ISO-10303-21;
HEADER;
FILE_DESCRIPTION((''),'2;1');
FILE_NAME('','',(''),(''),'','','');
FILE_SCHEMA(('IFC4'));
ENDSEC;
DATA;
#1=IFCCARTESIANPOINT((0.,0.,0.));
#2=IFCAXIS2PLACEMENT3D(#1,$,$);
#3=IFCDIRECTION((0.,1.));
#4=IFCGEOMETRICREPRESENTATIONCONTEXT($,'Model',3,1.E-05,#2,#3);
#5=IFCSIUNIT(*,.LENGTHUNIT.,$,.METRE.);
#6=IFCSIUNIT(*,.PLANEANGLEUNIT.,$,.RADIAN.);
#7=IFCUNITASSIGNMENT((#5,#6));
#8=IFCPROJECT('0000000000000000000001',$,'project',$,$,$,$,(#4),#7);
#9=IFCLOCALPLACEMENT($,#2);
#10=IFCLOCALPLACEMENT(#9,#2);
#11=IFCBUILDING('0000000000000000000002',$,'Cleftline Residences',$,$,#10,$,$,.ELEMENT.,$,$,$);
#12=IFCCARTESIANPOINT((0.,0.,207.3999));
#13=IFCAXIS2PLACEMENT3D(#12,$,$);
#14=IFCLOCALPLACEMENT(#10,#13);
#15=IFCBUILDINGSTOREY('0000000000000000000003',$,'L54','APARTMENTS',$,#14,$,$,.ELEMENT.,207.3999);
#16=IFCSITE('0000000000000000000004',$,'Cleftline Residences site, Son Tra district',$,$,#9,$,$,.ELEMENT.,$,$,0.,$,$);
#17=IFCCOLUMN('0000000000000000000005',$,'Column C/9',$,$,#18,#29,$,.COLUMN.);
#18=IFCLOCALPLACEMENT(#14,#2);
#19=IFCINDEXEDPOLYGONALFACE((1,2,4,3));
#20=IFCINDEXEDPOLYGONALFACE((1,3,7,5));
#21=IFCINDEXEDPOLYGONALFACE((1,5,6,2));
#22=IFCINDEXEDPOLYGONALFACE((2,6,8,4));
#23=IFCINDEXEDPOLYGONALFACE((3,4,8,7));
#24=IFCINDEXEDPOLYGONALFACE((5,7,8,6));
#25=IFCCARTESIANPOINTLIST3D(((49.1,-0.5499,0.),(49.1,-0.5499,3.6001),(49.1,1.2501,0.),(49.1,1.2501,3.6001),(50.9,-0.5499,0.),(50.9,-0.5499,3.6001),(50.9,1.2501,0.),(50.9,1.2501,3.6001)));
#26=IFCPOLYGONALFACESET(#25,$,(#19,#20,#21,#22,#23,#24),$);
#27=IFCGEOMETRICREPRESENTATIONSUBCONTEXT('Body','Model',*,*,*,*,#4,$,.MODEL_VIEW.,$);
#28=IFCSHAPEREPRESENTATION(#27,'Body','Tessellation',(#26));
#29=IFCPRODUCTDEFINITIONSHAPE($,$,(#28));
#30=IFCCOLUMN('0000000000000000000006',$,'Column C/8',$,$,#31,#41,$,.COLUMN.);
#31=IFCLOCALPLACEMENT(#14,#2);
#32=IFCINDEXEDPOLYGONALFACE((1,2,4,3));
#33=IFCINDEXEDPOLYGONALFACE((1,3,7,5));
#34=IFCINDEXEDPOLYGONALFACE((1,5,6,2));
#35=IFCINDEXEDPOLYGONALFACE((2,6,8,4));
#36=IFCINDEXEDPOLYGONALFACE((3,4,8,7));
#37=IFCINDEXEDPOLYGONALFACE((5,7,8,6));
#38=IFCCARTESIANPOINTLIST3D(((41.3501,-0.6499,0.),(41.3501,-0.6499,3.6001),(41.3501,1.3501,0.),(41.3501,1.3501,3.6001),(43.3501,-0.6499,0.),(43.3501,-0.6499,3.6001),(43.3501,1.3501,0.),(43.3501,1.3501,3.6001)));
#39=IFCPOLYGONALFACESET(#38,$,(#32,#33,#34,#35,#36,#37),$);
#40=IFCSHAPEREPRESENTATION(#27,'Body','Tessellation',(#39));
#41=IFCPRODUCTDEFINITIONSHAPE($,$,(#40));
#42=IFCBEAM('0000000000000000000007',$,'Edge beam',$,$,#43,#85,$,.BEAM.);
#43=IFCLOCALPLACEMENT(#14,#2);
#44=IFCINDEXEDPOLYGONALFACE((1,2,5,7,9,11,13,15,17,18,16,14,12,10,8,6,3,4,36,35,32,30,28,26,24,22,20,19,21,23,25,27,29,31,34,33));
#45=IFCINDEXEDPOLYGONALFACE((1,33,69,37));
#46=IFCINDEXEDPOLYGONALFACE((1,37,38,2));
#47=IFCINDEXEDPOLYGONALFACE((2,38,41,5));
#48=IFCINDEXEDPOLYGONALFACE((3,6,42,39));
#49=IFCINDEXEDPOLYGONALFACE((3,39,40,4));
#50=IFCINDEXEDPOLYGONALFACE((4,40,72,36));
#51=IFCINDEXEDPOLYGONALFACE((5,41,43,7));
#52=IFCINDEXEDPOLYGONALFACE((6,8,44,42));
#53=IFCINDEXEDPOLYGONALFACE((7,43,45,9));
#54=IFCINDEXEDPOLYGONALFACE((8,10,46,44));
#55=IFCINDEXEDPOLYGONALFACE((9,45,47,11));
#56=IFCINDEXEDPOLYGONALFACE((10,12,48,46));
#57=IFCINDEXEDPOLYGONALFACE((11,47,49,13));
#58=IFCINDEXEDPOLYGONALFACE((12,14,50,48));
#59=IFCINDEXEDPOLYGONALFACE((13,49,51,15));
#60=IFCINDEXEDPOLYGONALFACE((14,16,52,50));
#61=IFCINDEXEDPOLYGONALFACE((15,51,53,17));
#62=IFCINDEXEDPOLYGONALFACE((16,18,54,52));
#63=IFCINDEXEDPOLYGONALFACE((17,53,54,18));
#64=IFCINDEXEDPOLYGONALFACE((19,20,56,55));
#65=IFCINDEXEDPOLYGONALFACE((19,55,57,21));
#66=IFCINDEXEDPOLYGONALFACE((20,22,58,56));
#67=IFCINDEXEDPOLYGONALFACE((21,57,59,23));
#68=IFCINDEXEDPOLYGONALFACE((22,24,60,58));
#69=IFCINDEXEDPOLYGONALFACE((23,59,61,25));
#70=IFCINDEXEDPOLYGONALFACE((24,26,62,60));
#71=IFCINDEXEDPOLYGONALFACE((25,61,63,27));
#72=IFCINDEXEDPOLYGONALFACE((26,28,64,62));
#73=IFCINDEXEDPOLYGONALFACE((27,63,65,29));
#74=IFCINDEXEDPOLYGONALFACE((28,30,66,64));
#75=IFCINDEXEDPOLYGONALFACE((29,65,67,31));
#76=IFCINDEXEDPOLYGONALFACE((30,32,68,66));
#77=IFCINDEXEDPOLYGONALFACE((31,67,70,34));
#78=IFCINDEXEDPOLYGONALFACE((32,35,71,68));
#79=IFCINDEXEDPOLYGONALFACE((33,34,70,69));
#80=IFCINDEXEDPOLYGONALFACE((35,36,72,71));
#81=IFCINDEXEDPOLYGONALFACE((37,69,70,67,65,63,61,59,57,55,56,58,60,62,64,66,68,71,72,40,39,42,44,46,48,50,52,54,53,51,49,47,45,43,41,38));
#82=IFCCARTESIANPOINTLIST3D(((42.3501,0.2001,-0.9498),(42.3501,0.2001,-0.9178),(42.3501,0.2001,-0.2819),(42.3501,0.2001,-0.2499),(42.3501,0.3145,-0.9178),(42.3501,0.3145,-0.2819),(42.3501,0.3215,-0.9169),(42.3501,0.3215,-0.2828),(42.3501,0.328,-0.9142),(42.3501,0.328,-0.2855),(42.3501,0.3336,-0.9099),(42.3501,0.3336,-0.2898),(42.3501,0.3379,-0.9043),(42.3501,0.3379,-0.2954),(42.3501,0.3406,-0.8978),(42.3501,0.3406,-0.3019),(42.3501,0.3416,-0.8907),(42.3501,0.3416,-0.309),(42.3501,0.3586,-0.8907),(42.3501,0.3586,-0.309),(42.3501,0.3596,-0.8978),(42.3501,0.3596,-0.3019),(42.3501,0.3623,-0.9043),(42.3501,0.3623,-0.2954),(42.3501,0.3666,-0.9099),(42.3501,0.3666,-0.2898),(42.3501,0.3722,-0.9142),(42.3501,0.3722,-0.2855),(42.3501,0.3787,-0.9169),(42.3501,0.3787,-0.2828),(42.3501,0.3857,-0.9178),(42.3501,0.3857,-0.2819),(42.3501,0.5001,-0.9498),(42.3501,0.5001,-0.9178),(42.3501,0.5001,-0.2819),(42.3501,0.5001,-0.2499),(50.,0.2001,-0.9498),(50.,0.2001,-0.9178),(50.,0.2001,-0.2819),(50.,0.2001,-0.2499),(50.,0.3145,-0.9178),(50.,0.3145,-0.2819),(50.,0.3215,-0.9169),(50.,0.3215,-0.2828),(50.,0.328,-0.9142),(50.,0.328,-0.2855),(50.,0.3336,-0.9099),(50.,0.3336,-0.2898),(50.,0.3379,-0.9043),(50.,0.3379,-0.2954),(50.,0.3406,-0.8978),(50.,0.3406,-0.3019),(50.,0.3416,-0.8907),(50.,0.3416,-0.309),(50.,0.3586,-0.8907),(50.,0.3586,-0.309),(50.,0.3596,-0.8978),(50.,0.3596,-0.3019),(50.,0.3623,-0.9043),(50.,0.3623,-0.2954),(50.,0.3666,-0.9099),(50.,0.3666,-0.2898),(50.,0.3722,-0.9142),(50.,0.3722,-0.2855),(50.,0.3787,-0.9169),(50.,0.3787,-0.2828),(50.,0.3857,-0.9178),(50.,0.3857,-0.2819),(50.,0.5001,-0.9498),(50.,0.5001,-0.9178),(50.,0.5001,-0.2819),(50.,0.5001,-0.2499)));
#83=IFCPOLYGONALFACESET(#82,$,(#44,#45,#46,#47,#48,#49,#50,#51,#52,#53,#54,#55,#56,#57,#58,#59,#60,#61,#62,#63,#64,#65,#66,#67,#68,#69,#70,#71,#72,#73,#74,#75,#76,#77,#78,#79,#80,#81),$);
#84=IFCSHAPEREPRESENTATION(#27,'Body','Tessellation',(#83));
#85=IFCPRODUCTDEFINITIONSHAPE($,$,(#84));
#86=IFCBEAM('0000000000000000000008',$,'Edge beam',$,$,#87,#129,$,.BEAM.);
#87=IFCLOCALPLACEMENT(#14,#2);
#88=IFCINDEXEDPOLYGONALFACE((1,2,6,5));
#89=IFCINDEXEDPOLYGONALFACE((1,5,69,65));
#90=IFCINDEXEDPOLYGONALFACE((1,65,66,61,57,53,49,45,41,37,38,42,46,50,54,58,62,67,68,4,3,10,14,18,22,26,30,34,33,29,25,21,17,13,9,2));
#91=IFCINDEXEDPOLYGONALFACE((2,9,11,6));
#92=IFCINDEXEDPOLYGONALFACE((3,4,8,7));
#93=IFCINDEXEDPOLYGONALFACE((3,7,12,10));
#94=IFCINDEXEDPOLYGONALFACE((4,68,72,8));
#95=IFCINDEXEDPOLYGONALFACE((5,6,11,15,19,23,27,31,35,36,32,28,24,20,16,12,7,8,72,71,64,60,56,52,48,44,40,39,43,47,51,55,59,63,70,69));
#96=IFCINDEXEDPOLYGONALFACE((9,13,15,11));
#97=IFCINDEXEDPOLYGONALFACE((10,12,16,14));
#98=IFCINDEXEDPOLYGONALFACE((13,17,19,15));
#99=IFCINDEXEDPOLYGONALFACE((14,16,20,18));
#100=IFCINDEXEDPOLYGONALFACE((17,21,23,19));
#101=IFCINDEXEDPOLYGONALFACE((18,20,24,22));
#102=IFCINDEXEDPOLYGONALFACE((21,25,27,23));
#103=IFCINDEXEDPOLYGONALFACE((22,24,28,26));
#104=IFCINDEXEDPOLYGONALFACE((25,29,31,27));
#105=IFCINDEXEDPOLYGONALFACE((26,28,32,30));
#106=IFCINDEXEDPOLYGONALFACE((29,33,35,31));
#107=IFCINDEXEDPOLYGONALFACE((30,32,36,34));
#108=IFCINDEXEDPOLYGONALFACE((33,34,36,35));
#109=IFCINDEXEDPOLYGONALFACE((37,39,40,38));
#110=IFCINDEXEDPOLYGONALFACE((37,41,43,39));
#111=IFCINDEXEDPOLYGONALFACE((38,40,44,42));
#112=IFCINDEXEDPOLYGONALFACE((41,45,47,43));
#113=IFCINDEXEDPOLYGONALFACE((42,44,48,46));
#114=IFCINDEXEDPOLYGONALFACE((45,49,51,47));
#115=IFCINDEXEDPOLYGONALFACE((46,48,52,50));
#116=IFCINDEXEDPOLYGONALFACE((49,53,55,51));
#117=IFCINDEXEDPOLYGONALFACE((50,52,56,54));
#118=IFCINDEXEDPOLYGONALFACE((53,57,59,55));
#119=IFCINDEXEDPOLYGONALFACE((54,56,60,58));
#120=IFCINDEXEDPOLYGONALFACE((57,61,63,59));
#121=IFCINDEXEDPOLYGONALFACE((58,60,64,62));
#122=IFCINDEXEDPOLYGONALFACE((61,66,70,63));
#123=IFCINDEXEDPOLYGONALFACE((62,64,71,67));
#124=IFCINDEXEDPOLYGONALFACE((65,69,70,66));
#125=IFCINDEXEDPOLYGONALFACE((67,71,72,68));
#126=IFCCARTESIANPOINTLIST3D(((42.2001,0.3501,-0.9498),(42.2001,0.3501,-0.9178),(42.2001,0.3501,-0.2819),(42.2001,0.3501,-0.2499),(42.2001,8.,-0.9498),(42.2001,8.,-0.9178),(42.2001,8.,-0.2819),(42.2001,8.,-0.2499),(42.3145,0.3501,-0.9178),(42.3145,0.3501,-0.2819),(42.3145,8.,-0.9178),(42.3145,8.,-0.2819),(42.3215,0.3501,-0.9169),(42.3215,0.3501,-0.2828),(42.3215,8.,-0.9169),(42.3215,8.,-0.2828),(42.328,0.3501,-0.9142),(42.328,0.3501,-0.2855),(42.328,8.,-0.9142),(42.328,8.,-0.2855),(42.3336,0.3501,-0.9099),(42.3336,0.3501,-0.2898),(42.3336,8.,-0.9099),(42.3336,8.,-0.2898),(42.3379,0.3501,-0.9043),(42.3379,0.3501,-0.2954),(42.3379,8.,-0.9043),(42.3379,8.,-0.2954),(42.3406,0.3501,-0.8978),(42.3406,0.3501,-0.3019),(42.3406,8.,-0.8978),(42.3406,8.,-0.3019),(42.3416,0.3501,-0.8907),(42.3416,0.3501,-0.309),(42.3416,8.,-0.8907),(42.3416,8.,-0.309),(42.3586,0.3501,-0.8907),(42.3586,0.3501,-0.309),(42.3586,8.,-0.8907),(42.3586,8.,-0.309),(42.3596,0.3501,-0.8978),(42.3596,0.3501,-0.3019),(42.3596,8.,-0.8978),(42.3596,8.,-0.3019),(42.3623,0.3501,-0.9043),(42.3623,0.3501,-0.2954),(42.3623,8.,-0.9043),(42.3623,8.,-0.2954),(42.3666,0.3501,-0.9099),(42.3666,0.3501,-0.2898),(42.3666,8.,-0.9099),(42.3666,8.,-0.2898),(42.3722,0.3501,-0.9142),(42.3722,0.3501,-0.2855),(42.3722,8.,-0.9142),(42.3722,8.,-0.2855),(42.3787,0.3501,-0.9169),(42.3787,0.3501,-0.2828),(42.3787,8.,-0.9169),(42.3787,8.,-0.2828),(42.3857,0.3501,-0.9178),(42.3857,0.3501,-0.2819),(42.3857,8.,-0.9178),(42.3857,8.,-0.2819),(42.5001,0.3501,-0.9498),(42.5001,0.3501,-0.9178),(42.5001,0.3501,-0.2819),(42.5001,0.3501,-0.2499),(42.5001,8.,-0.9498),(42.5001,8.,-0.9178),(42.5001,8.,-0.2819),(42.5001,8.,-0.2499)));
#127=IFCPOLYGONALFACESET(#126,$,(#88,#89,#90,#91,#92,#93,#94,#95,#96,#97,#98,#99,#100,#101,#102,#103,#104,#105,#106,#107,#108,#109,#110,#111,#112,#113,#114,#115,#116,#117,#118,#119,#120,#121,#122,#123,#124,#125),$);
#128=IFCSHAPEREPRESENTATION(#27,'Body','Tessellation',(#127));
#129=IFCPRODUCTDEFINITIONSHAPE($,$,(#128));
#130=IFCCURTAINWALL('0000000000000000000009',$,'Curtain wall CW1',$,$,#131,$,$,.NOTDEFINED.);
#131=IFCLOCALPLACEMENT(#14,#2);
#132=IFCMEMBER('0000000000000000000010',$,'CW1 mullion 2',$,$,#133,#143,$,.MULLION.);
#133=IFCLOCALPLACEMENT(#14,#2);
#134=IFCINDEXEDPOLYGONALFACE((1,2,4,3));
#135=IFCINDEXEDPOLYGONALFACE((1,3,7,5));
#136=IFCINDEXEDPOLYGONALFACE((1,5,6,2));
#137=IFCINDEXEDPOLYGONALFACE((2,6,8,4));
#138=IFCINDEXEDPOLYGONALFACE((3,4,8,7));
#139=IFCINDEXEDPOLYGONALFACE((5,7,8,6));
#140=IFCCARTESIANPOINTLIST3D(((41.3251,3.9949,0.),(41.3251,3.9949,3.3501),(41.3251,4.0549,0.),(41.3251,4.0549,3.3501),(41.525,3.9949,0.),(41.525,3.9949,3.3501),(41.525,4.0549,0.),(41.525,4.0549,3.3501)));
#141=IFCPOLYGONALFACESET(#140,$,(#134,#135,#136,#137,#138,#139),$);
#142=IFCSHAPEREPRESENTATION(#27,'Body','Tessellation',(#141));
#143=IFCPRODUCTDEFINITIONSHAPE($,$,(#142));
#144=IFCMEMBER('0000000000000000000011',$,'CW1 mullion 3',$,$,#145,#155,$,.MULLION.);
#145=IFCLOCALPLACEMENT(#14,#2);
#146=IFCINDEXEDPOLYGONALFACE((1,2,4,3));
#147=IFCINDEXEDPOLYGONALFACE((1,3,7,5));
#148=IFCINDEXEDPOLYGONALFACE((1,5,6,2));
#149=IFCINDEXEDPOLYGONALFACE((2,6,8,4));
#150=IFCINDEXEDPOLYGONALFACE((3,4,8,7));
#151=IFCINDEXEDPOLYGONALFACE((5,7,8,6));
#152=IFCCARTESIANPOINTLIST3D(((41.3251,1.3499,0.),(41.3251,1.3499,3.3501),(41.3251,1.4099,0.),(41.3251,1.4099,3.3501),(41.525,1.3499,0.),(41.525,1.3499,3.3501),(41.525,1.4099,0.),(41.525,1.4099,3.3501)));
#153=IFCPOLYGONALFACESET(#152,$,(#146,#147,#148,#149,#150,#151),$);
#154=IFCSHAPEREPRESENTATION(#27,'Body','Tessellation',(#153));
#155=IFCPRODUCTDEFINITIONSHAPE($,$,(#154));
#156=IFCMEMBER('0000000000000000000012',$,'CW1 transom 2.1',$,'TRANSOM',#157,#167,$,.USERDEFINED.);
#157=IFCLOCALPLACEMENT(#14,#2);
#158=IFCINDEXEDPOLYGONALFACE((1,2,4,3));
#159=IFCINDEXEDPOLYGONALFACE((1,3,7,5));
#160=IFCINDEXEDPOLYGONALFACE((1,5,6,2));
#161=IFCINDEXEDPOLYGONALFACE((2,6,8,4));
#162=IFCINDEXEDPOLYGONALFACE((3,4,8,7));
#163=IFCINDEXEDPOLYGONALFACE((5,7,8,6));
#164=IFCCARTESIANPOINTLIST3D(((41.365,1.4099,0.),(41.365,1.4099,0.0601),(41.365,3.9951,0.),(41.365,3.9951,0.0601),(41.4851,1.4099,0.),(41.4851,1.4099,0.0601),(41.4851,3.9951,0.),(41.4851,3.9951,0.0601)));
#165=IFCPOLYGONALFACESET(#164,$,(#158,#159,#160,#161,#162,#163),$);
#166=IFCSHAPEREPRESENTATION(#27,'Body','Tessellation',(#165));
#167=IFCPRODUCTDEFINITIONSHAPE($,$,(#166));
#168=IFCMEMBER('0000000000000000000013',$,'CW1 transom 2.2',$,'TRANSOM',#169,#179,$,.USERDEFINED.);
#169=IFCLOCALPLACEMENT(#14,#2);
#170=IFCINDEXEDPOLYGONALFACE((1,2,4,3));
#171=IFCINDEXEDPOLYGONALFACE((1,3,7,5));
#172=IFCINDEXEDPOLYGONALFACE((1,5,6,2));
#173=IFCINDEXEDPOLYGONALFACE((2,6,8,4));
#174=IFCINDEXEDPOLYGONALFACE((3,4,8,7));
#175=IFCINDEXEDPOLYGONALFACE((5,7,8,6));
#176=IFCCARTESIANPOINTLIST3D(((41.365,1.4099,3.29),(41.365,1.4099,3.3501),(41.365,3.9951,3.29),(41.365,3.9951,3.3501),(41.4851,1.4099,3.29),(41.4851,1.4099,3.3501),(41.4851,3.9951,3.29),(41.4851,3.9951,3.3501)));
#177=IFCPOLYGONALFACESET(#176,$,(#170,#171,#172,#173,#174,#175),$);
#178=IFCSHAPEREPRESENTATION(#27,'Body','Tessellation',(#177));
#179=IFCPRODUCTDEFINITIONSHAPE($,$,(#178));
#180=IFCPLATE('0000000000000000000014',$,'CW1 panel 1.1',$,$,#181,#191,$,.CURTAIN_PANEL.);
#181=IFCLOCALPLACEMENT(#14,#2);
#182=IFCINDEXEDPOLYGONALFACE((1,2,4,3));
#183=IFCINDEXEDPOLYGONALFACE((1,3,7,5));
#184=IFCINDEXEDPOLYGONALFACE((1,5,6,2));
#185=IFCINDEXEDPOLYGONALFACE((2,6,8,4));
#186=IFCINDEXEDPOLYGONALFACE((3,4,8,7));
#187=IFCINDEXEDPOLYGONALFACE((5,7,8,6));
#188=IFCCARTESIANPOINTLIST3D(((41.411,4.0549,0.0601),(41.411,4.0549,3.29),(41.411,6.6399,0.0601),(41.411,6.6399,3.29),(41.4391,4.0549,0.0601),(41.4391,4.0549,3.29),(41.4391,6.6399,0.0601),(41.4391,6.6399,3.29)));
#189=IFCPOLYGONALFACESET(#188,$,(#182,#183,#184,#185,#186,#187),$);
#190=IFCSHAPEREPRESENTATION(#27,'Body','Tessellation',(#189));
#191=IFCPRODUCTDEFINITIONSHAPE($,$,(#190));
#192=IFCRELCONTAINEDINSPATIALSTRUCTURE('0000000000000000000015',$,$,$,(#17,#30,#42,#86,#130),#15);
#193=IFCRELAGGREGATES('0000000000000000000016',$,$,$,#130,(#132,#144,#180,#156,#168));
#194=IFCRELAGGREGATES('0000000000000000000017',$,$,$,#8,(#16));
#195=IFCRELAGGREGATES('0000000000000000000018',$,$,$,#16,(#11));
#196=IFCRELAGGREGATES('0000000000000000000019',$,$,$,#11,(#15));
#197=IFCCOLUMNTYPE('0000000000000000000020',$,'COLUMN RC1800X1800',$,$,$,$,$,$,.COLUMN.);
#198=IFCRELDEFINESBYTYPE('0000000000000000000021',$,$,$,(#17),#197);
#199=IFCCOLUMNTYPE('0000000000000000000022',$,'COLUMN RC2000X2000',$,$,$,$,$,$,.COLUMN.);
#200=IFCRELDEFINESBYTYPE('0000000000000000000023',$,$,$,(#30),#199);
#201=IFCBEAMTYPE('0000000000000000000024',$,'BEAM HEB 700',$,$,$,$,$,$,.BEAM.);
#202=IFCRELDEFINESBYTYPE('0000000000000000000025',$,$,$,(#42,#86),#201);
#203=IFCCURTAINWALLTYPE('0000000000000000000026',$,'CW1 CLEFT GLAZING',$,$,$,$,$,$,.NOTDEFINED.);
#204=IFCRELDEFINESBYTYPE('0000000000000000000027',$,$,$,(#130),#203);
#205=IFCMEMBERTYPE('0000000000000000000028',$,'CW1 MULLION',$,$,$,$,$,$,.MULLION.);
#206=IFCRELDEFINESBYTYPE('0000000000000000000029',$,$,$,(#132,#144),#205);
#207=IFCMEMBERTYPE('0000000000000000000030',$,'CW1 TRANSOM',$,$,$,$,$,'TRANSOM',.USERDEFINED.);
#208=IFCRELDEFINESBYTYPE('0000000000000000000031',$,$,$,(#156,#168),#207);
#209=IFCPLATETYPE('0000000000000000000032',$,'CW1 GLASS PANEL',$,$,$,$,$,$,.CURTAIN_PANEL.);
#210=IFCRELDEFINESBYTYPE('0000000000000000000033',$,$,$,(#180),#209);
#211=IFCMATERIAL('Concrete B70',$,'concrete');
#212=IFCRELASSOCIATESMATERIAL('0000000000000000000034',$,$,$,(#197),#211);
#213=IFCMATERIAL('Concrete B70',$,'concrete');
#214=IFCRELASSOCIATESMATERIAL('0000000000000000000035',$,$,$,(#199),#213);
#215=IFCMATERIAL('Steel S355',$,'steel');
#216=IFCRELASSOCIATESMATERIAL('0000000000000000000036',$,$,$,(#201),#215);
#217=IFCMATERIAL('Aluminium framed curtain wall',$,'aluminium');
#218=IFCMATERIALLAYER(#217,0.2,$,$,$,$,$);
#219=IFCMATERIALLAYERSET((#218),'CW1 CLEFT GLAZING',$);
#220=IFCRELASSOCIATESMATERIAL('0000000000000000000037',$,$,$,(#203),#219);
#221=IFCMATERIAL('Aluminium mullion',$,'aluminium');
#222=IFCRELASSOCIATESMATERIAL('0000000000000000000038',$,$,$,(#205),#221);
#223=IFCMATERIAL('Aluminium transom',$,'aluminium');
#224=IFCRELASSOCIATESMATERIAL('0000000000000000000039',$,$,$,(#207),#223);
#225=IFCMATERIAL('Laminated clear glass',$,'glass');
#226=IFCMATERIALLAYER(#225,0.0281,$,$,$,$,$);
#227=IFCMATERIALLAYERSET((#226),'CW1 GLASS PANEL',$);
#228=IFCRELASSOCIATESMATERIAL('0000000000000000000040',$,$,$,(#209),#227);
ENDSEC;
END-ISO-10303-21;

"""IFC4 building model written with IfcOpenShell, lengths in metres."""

from ifc_helpers import new_model, si_unit, direction, frame, origin, origin_2d, place, context, subcontext, project, spatial, rectangle, i_section, extrude, material, layer, layer_set, material_profile, profile_set, type_object, element, aggregate, save


model = new_model("IFC4")

# Units and contexts
model_context = context("Model", 3, precision=1e-05, world=origin(), true_north=direction((0.0, 1.0)))
body_context = subcontext(model_context, "Body", "Model", "MODEL_VIEW")
ifc_project = project(units=[si_unit("LENGTHUNIT", "METRE"), si_unit("PLANEANGLEUNIT", "RADIAN")], contexts=[model_context])

# Site, building, storey
site_placement = place(None, origin())
site = spatial("IfcSite", under=ifc_project, at=site_placement, Name="Cleftline Residences site, Son Tra district", CompositionType="ELEMENT", RefElevation=0.0)
building_placement = place(site_placement, origin())
building = spatial("IfcBuilding", under=site, at=building_placement, Name="Cleftline Residences", CompositionType="ELEMENT")
storey_placement = place(building_placement, frame((0.0, 0.0, 207.3999)))
storey = spatial("IfcBuildingStorey", under=building, at=storey_placement, Name="L54", Description="APARTMENTS", CompositionType="ELEMENT", Elevation=207.3999)

# Columns
ifc_material_1 = material(Name="Concrete B70", Category="concrete")
ifc_material_profile_1 = material_profile(ifc_material_1, rectangle(XDim=1.8, YDim=1.8, at=origin_2d()))
ifc_profile_set_1 = profile_set([ifc_material_profile_1], Name="Concrete B70")
column_type_1 = type_object("IfcColumnType", Name="COLUMN RC1800X1800", PredefinedType="COLUMN", material=ifc_profile_set_1)
column_1_placement = place(storey_placement, frame((50.0, 0.3501, 0.0), z_axis=(0.0, 0.0, 1.0), x_axis=(1.0, 0.0, 0.0)))
element("IfcColumn", 1, at=column_1_placement, inside=storey, type_object=column_type_1, Name="Column C/9", PredefinedType="COLUMN", context=body_context, shape_type="SweptSolid", body=[
    extrude(rectangle(XDim=1.8, YDim=1.8, at=origin_2d()), origin(), (0.0, 0.0, 1.0), 3.6001),
])
ifc_material_2 = material(Name="Concrete B70", Category="concrete")
ifc_material_profile_2 = material_profile(ifc_material_2, rectangle(XDim=2.0, YDim=2.0, at=origin_2d()))
ifc_profile_set_2 = profile_set([ifc_material_profile_2], Name="Concrete B70")
column_type_2 = type_object("IfcColumnType", Name="COLUMN RC2000X2000", PredefinedType="COLUMN", material=ifc_profile_set_2)
column_2_placement = place(storey_placement, frame((42.3501, 0.3501, 0.0), z_axis=(0.0, 0.0, 1.0), x_axis=(1.0, 0.0, 0.0)))
element("IfcColumn", 2, at=column_2_placement, inside=storey, type_object=column_type_2, Name="Column C/8", PredefinedType="COLUMN", context=body_context, shape_type="SweptSolid", body=[
    extrude(rectangle(XDim=2.0, YDim=2.0, at=origin_2d()), origin(), (0.0, 0.0, 1.0), 3.6001),
])

# Beams
ifc_material_3 = material(Name="Steel S355", Category="steel")
ifc_material_profile_3 = material_profile(ifc_material_3, i_section(OverallWidth=0.3, OverallDepth=0.7, WebThickness=0.0171, FlangeThickness=0.032, FilletRadius=0.0271, at=origin_2d()))
ifc_profile_set_3 = profile_set([ifc_material_profile_3], Name="Steel S355")
beam_type = type_object("IfcBeamType", Name="BEAM HEB 700", PredefinedType="BEAM", material=ifc_profile_set_3)
for number, where, z_axis, x_axis, name in (
    (3, (50.0, 0.3501, -0.5999), (-1.0, 0.0, 0.0), (0.0, -1.0, 0.0), "Edge beam"),
    (4, (42.3501, 0.3501, -0.5999), (0.0, 1.0, 0.0), (-1.0, 0.0, 0.0), "Edge beam"),
):
    element("IfcBeam", number, at=place(storey_placement, frame(where, z_axis=z_axis, x_axis=x_axis)), inside=storey, type_object=beam_type, Name=name, PredefinedType="BEAM", context=body_context, shape_type="SweptSolid", body=[
        extrude(i_section(OverallWidth=0.3, OverallDepth=0.7, WebThickness=0.0171, FlangeThickness=0.032, FilletRadius=0.0271, at=origin_2d()), origin(), (0.0, 0.0, 1.0), 7.6499),
    ])

# Curtain wall, members, plate
ifc_material_4 = material(Name="Aluminium framed curtain wall", Category="aluminium")
ifc_layer_1 = layer(ifc_material_4, 0.2)
ifc_layer_set_1 = layer_set([ifc_layer_1], Name="CW1 CLEFT GLAZING")
curtain_wall_type = type_object("IfcCurtainWallType", Name="CW1 CLEFT GLAZING", PredefinedType="NOTDEFINED", material=ifc_layer_set_1)
curtain_wall_placement = place(storey_placement, origin())
curtain_wall = element("IfcCurtainWall", 5, at=curtain_wall_placement, inside=storey, type_object=curtain_wall_type, Name="Curtain wall CW1", PredefinedType="NOTDEFINED")
ifc_material_5 = material(Name="Aluminium mullion", Category="aluminium")
ifc_material_profile_4 = material_profile(ifc_material_5, rectangle(XDim=0.2, YDim=0.0601, at=origin_2d()))
ifc_profile_set_4 = profile_set([ifc_material_profile_4], Name="Aluminium mullion")
member_type_1 = type_object("IfcMemberType", Name="CW1 MULLION", PredefinedType="MULLION", material=ifc_profile_set_4)
member_1_placement = place(storey_placement, frame((41.425, 4.0249, 0.0), z_axis=(0.0, 0.0, 1.0), x_axis=(1.0, 0.0, 0.0)))
member_1 = element("IfcMember", 6, at=member_1_placement, type_object=member_type_1, Name="CW1 mullion 2", PredefinedType="MULLION", context=body_context, shape_type="SweptSolid", body=[
    extrude(rectangle(XDim=0.2, YDim=0.0601, at=origin_2d()), origin(), (0.0, 0.0, 1.0), 3.3501),
])
member_2_placement = place(storey_placement, frame((41.425, 1.3799, 0.0), z_axis=(0.0, 0.0, 1.0), x_axis=(1.0, 0.0, 0.0)))
member_2 = element("IfcMember", 7, at=member_2_placement, type_object=member_type_1, Name="CW1 mullion 3", PredefinedType="MULLION", context=body_context, shape_type="SweptSolid", body=[
    extrude(rectangle(XDim=0.2, YDim=0.0601, at=origin_2d()), origin(), (0.0, 0.0, 1.0), 3.3501),
])
ifc_material_6 = material(Name="Aluminium transom", Category="aluminium")
ifc_material_profile_5 = material_profile(ifc_material_6, rectangle(XDim=0.1201, YDim=0.0601, at=origin_2d()))
ifc_profile_set_5 = profile_set([ifc_material_profile_5], Name="Aluminium transom")
member_type_2 = type_object("IfcMemberType", Name="CW1 TRANSOM", ElementType="TRANSOM", PredefinedType="USERDEFINED", material=ifc_profile_set_5)
member_3_placement = place(storey_placement, frame((41.425, 3.9951, 0.03), z_axis=(0.0, -1.0, 0.0), x_axis=(1.0, 0.0, 0.0)))
member_3 = element("IfcMember", 8, at=member_3_placement, type_object=member_type_2, Name="CW1 transom 2.1", ObjectType="TRANSOM", PredefinedType="USERDEFINED", context=body_context, shape_type="SweptSolid", body=[
    extrude(rectangle(XDim=0.1201, YDim=0.0601, at=origin_2d()), origin(), (0.0, 0.0, 1.0), 2.5852),
])
member_4_placement = place(storey_placement, frame((41.425, 3.9951, 3.3201), z_axis=(0.0, -1.0, 0.0), x_axis=(1.0, 0.0, 0.0)))
member_4 = element("IfcMember", 9, at=member_4_placement, type_object=member_type_2, Name="CW1 transom 2.2", ObjectType="TRANSOM", PredefinedType="USERDEFINED", context=body_context, shape_type="SweptSolid", body=[
    extrude(rectangle(XDim=0.1201, YDim=0.0601, at=origin_2d()), origin(), (0.0, 0.0, 1.0), 2.5852),
])
ifc_material_7 = material(Name="Laminated clear glass", Category="glass")
ifc_layer_2 = layer(ifc_material_7, 0.0281)
ifc_layer_set_2 = layer_set([ifc_layer_2], Name="CW1 GLASS PANEL")
plate_type = type_object("IfcPlateType", Name="CW1 GLASS PANEL", PredefinedType="CURTAIN_PANEL", material=ifc_layer_set_2)
plate_1_placement = place(storey_placement, frame((41.425, 5.3474, 0.0601), z_axis=(0.0, 0.0, 1.0), x_axis=(0.0, -1.0, 0.0)))
plate_1 = element("IfcPlate", 10, at=plate_1_placement, type_object=plate_type, Name="CW1 panel 1.1", PredefinedType="CURTAIN_PANEL", context=body_context, shape_type="SweptSolid", body=[
    extrude(rectangle(XDim=2.585, YDim=0.0281, at=origin_2d()), origin(), (0.0, 0.0, 1.0), 3.23),
])
aggregate(curtain_wall, [member_1, member_2, plate_1, member_3, member_4])

save(model, "model.ifc")
